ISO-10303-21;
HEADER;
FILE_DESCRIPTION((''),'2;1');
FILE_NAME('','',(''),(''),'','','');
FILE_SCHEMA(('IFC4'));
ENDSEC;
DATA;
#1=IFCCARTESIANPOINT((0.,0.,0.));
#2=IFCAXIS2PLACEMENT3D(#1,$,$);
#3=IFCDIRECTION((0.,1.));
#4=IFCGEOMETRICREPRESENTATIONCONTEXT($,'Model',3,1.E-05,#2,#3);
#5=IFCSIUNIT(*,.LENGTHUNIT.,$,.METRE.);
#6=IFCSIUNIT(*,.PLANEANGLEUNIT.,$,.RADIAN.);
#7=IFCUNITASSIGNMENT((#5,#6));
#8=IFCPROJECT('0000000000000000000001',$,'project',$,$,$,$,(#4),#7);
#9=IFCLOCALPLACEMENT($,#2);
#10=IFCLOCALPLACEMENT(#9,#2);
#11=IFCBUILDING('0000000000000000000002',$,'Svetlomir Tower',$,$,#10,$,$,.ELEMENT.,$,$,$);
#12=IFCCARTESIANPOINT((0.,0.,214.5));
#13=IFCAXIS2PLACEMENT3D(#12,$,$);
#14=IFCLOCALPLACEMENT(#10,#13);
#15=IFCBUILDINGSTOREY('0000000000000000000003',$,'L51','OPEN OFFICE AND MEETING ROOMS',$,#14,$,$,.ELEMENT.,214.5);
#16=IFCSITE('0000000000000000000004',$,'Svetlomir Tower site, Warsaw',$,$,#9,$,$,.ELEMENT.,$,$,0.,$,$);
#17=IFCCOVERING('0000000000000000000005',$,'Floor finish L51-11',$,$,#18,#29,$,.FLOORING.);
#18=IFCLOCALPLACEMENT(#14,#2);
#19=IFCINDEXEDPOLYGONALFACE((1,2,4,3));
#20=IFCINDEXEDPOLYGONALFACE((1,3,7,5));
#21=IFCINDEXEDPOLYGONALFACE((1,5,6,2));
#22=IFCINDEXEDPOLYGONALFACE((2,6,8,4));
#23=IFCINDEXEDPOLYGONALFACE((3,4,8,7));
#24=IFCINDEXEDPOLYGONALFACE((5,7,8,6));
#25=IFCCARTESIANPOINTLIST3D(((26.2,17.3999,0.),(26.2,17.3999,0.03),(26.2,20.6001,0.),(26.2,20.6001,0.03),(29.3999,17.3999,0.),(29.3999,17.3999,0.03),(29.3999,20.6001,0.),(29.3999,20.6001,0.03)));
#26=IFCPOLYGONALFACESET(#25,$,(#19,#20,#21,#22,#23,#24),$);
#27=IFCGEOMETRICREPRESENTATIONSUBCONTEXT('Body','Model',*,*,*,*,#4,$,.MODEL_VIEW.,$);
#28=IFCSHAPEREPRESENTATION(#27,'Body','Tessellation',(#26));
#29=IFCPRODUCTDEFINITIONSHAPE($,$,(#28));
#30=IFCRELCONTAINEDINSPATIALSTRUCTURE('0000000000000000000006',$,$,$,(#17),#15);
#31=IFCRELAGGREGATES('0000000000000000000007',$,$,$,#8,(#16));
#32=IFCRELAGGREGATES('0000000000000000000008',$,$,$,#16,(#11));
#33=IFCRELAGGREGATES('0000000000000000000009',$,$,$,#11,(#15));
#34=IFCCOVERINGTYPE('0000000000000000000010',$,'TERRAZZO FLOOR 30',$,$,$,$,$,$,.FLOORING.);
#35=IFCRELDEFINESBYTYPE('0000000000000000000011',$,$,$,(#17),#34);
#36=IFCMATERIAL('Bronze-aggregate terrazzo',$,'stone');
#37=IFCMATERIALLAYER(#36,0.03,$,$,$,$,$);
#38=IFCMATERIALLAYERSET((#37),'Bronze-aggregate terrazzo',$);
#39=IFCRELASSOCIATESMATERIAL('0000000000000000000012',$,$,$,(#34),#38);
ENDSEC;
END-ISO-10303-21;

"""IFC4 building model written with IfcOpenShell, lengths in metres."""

from ifc_helpers import new_model, si_unit, direction, frame, origin, place, context, subcontext, project, spatial, polyline, outline, extrude, material, layer, layer_set, type_object, element, save


model = new_model("IFC4")

# Units and contexts
model_context = context("Model", 3, precision=1e-05, world=origin(), true_north=direction((0.0, 1.0)))
body_context = subcontext(model_context, "Body", "Model", "MODEL_VIEW")
ifc_project = project(units=[si_unit("LENGTHUNIT", "METRE"), si_unit("PLANEANGLEUNIT", "RADIAN")], contexts=[model_context])

# Site, building, storey
site_placement = place(None, origin())
site = spatial("IfcSite", under=ifc_project, at=site_placement, Name="Svetlomir Tower site, Warsaw", CompositionType="ELEMENT", RefElevation=0.0)
building_placement = place(site_placement, origin())
building = spatial("IfcBuilding", under=site, at=building_placement, Name="Svetlomir Tower", CompositionType="ELEMENT")
storey_placement = place(building_placement, frame((0.0, 0.0, 214.5)))
storey = spatial("IfcBuildingStorey", under=building, at=storey_placement, Name="L51", Description="OPEN OFFICE AND MEETING ROOMS", CompositionType="ELEMENT", Elevation=214.5)

# Covering
ifc_material_1 = material(Name="Bronze-aggregate terrazzo", Category="stone")
ifc_layer_1 = layer(ifc_material_1, 0.03)
ifc_layer_set_1 = layer_set([ifc_layer_1], Name="Bronze-aggregate terrazzo")
covering_type_1 = type_object("IfcCoveringType", Name="TERRAZZO FLOOR 30", PredefinedType="FLOORING", material=ifc_layer_set_1)
covering_1_placement = place(storey_placement, origin())
element("IfcCovering", 1, at=covering_1_placement, inside=storey, type_object=covering_type_1, Name="Floor finish L51-11", PredefinedType="FLOORING", context=body_context, shape_type="SweptSolid", body=[
    extrude(outline(polyline([(26.2, 17.3999), (29.3999, 17.3999), (29.3999, 20.6001), (26.2, 20.6001), (26.2, 17.3999)])), origin(), (0.0, 0.0, 1.0), 0.03),
])

save(model, "model.ifc")
